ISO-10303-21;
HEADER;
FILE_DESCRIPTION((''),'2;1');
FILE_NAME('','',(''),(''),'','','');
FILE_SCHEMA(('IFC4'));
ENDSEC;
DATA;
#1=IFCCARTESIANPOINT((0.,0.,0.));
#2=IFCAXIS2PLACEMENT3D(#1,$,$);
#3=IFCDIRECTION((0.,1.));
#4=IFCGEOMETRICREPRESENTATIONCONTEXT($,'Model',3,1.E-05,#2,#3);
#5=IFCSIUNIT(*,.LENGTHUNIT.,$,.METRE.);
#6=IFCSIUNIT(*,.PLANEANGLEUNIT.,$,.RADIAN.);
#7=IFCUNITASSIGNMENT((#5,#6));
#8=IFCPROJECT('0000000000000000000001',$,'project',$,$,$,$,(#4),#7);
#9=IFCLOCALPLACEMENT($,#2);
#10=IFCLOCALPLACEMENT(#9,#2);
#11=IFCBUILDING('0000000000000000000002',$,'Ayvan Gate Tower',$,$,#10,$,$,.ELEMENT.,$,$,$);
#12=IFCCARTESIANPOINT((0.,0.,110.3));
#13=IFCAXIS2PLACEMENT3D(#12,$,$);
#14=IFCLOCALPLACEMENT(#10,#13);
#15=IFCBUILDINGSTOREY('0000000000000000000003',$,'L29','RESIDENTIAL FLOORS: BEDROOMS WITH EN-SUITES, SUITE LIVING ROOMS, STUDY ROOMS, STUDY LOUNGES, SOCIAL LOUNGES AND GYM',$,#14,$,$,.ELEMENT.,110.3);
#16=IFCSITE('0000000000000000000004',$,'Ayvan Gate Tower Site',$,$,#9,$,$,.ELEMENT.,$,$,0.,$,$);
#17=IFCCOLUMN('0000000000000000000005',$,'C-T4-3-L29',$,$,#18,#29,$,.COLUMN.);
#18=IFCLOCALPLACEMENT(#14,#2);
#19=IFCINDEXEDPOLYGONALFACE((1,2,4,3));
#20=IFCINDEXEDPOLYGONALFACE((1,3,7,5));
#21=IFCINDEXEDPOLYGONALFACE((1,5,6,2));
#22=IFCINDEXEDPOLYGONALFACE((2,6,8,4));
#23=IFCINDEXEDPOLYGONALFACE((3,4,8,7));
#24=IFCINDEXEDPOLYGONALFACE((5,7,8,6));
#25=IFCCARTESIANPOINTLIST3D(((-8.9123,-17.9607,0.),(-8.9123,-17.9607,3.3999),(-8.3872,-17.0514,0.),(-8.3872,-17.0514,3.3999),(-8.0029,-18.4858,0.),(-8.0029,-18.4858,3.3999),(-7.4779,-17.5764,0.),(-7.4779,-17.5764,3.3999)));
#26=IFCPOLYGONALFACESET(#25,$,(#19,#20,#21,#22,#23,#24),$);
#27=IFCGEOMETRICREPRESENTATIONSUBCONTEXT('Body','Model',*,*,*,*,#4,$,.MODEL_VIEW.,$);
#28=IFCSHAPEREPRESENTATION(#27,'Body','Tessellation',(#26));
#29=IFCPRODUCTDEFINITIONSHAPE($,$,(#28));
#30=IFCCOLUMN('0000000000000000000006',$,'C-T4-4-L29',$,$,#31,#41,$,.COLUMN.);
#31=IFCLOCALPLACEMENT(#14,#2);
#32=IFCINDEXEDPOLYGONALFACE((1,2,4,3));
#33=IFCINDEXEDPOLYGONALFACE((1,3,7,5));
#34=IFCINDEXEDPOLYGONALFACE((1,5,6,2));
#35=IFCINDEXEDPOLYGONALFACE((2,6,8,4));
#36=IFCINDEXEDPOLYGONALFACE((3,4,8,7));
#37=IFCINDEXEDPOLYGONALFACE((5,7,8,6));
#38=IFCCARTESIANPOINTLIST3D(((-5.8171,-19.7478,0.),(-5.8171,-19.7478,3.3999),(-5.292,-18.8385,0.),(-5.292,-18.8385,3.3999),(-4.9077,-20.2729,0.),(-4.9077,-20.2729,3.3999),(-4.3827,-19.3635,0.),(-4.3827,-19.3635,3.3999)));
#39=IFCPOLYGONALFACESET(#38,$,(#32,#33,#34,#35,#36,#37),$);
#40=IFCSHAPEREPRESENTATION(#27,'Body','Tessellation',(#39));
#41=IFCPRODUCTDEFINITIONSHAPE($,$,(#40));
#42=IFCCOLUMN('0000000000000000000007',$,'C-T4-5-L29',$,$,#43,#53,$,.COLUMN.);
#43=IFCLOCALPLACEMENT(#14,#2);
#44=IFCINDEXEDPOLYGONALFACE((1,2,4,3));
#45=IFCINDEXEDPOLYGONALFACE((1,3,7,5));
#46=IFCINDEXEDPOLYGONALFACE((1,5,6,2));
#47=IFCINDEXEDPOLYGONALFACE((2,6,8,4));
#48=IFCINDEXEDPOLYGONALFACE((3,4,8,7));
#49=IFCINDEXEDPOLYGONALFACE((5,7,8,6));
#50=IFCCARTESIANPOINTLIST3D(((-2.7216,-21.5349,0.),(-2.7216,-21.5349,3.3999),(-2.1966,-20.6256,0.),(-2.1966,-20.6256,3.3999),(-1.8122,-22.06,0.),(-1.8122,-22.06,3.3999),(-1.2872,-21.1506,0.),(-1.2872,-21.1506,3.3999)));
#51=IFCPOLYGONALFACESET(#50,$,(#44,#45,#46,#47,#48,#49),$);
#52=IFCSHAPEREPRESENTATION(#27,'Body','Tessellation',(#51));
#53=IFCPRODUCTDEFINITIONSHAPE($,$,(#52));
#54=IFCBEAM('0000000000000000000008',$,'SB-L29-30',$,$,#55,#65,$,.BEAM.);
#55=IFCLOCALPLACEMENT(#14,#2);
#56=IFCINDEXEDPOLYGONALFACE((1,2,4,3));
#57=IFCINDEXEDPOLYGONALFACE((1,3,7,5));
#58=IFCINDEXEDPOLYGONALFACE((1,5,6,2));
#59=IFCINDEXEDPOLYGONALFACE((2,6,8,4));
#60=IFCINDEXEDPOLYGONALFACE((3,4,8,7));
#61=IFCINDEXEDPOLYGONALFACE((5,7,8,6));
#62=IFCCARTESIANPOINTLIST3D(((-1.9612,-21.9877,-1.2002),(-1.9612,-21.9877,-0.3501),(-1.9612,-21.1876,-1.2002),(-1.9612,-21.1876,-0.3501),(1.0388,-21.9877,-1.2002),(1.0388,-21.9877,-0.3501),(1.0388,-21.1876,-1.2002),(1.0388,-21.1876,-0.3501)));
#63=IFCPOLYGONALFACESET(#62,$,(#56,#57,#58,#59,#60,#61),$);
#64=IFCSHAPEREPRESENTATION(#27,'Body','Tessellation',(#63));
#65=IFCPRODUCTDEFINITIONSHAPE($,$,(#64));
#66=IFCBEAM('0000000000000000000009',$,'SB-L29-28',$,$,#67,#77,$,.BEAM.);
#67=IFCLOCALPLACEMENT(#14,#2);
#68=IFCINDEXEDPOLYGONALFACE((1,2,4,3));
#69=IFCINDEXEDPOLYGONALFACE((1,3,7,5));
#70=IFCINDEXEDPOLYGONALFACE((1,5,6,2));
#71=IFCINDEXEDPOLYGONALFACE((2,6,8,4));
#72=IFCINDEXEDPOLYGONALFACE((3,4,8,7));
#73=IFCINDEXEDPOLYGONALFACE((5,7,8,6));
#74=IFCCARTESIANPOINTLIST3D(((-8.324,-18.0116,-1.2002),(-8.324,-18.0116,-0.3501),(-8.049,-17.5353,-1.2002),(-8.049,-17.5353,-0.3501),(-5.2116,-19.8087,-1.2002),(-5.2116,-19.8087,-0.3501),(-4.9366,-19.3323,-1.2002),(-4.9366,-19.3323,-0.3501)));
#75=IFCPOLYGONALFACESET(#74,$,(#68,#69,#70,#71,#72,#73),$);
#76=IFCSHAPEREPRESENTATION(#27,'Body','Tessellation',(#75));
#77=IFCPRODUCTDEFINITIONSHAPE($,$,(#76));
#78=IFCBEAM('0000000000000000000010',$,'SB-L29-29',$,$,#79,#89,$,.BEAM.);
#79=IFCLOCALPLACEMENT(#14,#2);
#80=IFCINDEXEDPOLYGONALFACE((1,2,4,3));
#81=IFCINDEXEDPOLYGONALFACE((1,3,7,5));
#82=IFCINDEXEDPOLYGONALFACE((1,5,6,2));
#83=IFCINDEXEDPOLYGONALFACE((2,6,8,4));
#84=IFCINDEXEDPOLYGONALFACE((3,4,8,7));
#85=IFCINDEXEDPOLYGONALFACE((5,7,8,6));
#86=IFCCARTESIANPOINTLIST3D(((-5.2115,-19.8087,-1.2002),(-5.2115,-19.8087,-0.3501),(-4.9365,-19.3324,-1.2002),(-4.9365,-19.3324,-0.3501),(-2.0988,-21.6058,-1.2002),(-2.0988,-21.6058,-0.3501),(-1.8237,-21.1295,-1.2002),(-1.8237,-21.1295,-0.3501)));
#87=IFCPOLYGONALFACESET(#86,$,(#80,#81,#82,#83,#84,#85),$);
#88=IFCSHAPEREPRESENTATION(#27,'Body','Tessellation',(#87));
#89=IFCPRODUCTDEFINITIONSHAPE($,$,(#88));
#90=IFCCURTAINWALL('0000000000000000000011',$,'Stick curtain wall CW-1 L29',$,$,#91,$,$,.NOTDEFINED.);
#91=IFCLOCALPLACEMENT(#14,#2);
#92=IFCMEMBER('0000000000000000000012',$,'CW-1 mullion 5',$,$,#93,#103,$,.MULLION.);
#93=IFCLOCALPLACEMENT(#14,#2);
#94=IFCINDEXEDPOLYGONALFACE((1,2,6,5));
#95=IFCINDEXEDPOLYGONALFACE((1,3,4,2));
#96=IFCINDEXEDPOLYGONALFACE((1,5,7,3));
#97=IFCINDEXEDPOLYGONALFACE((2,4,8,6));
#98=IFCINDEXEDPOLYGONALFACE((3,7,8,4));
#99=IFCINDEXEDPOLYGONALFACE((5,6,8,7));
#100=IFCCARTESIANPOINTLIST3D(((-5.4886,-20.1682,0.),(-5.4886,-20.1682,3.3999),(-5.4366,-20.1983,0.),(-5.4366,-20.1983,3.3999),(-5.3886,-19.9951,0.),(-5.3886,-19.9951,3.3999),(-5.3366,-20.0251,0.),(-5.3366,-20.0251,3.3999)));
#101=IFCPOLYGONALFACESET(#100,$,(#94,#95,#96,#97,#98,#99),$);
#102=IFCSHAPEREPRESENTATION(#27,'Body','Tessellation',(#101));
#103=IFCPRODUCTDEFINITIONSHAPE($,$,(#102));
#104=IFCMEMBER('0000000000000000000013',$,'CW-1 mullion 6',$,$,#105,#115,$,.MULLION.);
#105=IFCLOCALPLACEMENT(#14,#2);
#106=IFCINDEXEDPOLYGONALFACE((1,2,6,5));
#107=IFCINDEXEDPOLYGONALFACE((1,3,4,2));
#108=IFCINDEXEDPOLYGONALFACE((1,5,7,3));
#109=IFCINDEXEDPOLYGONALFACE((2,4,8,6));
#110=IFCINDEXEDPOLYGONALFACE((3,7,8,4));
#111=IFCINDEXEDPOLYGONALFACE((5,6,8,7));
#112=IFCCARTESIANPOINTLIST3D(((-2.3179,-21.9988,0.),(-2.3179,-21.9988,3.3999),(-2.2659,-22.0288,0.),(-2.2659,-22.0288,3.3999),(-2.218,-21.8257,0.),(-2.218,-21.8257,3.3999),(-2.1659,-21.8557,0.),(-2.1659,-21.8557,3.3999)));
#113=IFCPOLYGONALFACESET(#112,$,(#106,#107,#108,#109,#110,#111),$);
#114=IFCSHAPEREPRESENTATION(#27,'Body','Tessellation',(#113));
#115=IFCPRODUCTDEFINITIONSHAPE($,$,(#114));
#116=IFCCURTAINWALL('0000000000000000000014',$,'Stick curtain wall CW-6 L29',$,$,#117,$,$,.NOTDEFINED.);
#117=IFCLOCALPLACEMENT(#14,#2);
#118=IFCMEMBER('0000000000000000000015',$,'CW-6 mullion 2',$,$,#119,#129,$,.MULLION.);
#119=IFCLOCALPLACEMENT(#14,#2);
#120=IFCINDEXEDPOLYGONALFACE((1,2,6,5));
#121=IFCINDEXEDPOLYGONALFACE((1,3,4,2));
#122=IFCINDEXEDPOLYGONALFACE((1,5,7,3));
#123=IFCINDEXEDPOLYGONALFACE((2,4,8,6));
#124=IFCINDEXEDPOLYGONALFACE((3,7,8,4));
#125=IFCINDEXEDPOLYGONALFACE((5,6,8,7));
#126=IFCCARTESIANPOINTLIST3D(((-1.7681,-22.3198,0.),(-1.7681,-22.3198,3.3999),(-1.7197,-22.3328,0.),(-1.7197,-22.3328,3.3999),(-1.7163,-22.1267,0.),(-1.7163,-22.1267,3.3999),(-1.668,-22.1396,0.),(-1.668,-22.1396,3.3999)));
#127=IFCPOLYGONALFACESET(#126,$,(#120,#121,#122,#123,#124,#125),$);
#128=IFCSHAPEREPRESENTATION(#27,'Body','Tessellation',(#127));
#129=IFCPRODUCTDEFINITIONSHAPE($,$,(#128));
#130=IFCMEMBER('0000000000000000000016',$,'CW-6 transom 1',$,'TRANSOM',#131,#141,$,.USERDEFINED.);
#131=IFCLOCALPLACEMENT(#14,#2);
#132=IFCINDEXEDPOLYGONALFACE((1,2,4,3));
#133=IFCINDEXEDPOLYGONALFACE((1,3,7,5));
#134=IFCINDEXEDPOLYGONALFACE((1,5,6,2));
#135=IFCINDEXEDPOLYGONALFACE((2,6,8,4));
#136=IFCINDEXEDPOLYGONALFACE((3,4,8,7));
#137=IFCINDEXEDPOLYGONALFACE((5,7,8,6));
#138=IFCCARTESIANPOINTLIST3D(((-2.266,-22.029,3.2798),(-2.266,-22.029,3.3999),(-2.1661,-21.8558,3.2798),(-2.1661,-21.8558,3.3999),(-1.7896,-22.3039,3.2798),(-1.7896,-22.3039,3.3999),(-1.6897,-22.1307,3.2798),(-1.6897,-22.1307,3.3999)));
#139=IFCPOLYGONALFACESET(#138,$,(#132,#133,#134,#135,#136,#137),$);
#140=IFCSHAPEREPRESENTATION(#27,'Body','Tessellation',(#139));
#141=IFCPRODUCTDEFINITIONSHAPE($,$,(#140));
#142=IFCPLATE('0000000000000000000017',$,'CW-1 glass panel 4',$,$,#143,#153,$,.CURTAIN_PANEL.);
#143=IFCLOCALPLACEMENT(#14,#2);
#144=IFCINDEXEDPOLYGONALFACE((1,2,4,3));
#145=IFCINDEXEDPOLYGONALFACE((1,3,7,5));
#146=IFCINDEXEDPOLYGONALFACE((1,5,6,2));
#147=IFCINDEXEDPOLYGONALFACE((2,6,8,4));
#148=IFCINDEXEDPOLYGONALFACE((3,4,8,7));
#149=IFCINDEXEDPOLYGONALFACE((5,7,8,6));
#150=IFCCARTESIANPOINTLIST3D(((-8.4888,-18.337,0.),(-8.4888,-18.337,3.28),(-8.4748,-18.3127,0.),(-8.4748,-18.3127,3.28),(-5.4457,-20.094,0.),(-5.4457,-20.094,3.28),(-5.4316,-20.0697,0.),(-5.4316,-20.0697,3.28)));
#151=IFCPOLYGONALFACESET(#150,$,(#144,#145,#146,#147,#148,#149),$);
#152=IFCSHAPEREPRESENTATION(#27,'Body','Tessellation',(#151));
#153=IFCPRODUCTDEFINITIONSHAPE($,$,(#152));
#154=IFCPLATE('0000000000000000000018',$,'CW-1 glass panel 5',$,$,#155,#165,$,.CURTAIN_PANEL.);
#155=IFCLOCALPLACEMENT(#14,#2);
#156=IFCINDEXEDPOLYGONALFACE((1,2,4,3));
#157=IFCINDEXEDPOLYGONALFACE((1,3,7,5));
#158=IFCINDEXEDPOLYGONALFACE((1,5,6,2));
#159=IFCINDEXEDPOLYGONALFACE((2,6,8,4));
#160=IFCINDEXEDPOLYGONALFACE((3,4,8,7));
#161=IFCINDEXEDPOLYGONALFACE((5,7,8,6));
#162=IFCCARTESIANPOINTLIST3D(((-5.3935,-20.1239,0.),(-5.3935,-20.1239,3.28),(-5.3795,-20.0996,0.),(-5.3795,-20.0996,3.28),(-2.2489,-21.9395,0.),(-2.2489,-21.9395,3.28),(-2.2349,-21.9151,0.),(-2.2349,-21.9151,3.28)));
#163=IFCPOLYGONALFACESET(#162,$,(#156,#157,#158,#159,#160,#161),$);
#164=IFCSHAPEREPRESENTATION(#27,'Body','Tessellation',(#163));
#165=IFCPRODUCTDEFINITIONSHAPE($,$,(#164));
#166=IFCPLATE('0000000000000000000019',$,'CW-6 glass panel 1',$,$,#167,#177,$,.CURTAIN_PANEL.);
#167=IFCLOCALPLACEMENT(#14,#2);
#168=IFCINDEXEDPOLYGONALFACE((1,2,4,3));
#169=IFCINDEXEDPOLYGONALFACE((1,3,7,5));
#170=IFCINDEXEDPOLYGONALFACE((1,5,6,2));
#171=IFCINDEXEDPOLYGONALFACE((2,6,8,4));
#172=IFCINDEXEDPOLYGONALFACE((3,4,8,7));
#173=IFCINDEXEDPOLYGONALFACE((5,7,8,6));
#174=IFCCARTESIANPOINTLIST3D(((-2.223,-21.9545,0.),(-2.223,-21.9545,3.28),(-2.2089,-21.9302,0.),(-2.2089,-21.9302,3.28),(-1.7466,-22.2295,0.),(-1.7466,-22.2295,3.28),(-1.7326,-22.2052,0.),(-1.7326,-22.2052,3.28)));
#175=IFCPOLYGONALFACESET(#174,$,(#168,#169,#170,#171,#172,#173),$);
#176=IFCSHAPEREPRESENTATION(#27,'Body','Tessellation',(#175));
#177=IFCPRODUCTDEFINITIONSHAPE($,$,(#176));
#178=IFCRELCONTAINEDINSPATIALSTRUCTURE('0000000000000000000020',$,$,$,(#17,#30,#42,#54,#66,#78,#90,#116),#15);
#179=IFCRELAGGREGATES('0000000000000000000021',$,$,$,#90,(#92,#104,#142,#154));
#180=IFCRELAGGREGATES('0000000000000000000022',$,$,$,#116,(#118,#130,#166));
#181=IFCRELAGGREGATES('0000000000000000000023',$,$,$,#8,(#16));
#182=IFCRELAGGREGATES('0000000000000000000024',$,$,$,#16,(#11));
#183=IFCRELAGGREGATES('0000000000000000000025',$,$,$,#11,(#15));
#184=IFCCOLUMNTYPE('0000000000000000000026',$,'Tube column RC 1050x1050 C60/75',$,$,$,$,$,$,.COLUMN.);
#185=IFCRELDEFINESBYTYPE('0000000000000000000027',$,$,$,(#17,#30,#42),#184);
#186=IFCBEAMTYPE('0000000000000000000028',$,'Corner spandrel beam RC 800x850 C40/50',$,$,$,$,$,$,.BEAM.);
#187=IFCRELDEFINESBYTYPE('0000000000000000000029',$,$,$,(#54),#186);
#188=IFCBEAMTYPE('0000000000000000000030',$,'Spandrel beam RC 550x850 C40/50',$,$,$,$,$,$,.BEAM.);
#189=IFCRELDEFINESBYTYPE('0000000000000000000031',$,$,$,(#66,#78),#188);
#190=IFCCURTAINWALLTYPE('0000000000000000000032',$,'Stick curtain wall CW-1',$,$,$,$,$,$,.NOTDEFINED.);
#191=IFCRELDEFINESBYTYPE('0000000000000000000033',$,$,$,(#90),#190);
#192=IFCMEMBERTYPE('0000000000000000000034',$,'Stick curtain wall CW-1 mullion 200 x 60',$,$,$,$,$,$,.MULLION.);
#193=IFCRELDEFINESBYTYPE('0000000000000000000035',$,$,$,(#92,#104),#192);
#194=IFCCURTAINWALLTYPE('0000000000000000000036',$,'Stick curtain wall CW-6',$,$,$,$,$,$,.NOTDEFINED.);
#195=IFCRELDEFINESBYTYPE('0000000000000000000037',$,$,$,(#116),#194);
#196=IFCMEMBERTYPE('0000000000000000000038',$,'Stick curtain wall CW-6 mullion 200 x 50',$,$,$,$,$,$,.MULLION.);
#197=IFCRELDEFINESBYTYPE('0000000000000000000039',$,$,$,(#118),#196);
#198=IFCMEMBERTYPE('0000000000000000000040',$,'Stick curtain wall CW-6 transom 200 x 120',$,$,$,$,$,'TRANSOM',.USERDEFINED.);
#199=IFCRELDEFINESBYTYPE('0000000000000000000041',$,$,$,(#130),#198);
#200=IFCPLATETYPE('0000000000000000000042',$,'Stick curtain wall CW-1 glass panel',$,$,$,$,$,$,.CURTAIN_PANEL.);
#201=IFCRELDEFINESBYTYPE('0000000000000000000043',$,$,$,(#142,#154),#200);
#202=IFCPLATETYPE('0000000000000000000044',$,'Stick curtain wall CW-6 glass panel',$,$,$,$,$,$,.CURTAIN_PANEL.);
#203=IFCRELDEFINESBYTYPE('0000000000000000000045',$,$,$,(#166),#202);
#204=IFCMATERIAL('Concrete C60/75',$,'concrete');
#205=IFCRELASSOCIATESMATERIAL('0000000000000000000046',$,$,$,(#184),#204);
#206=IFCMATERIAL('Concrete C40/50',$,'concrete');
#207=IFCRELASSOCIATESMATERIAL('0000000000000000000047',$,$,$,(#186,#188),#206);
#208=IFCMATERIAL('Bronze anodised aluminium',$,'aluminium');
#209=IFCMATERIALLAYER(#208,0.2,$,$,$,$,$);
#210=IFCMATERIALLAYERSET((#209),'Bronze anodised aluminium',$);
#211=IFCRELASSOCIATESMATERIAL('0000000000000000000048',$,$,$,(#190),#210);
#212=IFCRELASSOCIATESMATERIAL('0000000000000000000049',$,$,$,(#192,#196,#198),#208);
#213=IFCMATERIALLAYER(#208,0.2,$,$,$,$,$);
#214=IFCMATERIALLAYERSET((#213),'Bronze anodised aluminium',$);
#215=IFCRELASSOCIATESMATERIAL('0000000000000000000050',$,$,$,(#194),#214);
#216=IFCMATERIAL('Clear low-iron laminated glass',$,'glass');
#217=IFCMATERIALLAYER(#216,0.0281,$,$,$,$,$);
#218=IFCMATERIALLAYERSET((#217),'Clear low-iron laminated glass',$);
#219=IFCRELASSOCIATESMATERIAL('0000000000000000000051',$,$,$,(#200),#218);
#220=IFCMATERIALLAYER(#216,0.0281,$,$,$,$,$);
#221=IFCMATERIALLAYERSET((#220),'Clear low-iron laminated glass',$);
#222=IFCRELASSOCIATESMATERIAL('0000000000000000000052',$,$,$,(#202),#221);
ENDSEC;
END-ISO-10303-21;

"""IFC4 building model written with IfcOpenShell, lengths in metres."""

from ifc_helpers import new_model, si_unit, direction, frame, origin, origin_2d, place, context, subcontext, project, spatial, rectangle, extrude, material, layer, layer_set, material_profile, profile_set, type_object, element, aggregate, save


model = new_model("IFC4")

# Units and contexts
model_context = context("Model", 3, precision=1e-05, world=origin(), true_north=direction((0.0, 1.0)))
body_context = subcontext(model_context, "Body", "Model", "MODEL_VIEW")
ifc_project = project(units=[si_unit("LENGTHUNIT", "METRE"), si_unit("PLANEANGLEUNIT", "RADIAN")], contexts=[model_context])

# Site, building, storey
site_placement = place(None, origin())
site = spatial("IfcSite", under=ifc_project, at=site_placement, Name="Ayvan Gate Tower Site", CompositionType="ELEMENT", RefElevation=0.0)
building_placement = place(site_placement, origin())
building = spatial("IfcBuilding", under=site, at=building_placement, Name="Ayvan Gate Tower", CompositionType="ELEMENT")
storey_placement = place(building_placement, frame((0.0, 0.0, 110.3)))
storey = spatial("IfcBuildingStorey", under=building, at=storey_placement, Name="L29", Description="RESIDENTIAL FLOORS: BEDROOMS WITH EN-SUITES, SUITE LIVING ROOMS, STUDY ROOMS, STUDY LOUNGES, SOCIAL LOUNGES AND GYM", CompositionType="ELEMENT", Elevation=110.3)

# Columns
ifc_material_1 = material(Name="Concrete C60/75", Category="concrete")
ifc_material_profile_1 = material_profile(ifc_material_1, rectangle(XDim=1.05, YDim=1.05, at=origin_2d()), Name="RC 1050x1050")
ifc_profile_set_1 = profile_set([ifc_material_profile_1], Name="Concrete C60/75")
column_type = type_object("IfcColumnType", Name="Tube column RC 1050x1050 C60/75", PredefinedType="COLUMN", material=ifc_profile_set_1)
for number, where, z_axis, x_axis, name in (
    (1, (-8.1951, -17.7686, 0.0), (0.0, 0.0, 1.0), (-0.5, -0.866025, 0.0), "C-T4-3-L29"),
    (2, (-5.0999, -19.5557, 0.0), (0.0, 0.0, 1.0), (-0.5, -0.866025, 0.0), "C-T4-4-L29"),
    (3, (-2.0044, -21.3428, 0.0), (0.0, 0.0, 1.0), (-0.5, -0.866025, 0.0), "C-T4-5-L29"),
):
    element("IfcColumn", number, at=place(storey_placement, frame(where, z_axis=z_axis, x_axis=x_axis)), inside=storey, type_object=column_type, Name=name, PredefinedType="COLUMN", context=body_context, shape_type="SweptSolid", body=[
        extrude(rectangle(XDim=1.05, YDim=1.05, at=origin_2d()), origin(), (0.0, 0.0, 1.0), 3.3999),
    ])

# Beams
ifc_material_2 = material(Name="Concrete C40/50", Category="concrete")
ifc_material_profile_2 = material_profile(ifc_material_2, rectangle(XDim=0.8, YDim=0.8501, at=origin_2d()), Name="RC 800x850")
ifc_profile_set_2 = profile_set([ifc_material_profile_2], Name="Concrete C40/50")
beam_type_1 = type_object("IfcBeamType", Name="Corner spandrel beam RC 800x850 C40/50", PredefinedType="BEAM", material=ifc_profile_set_2)
beam_1_placement = place(storey_placement, frame((-1.9612, -21.5876, -0.7751), z_axis=(1.0, 0.0, 0.0), x_axis=(0.0, 1.0, 0.0)))
element("IfcBeam", 4, at=beam_1_placement, inside=storey, type_object=beam_type_1, Name="SB-L29-30", PredefinedType="BEAM", context=body_context, shape_type="SweptSolid", body=[
    extrude(rectangle(XDim=0.8, YDim=0.8501, at=origin_2d()), origin(), (0.0, 0.0, 1.0), 3.0),
])
ifc_material_profile_3 = material_profile(ifc_material_2, rectangle(XDim=0.55, YDim=0.8501, at=origin_2d()), Name="RC 550x850")
ifc_profile_set_3 = profile_set([ifc_material_profile_3], Name="Concrete C40/50")
beam_type_2 = type_object("IfcBeamType", Name="Spandrel beam RC 550x850 C40/50", PredefinedType="BEAM", material=ifc_profile_set_3)
beam_2_placement = place(storey_placement, frame((-8.1865, -17.7734, -0.7751), z_axis=(0.866015, -0.500018, 0.0), x_axis=(0.500018, 0.866015, 0.0)))
element("IfcBeam", 5, at=beam_2_placement, inside=storey, type_object=beam_type_2, Name="SB-L29-28", PredefinedType="BEAM", context=body_context, shape_type="SweptSolid", body=[
    extrude(rectangle(XDim=0.55, YDim=0.8501, at=origin_2d()), origin(), (0.0, 0.0, 1.0), 3.594),
])
beam_3_placement = place(storey_placement, frame((-5.074, -19.5706, -0.7751), z_axis=(0.866032, -0.499989, 0.0), x_axis=(0.499989, 0.866032, 0.0)))
element("IfcBeam", 6, at=beam_3_placement, inside=storey, type_object=beam_type_2, Name="SB-L29-29", PredefinedType="BEAM", context=body_context, shape_type="SweptSolid", body=[
    extrude(rectangle(XDim=0.55, YDim=0.8501, at=origin_2d()), origin(), (0.0, 0.0, 1.0), 3.5942),
])

# Curtain walls, members
ifc_material_3 = material(Name="Bronze anodised aluminium", Category="aluminium")
ifc_layer_1 = layer(ifc_material_3, 0.2)
ifc_layer_set_1 = layer_set([ifc_layer_1], Name="Bronze anodised aluminium")
curtain_wall_type_1 = type_object("IfcCurtainWallType", Name="Stick curtain wall CW-1", PredefinedType="NOTDEFINED", material=ifc_layer_set_1)
curtain_wall_1_placement = place(storey_placement, origin())
curtain_wall_1 = element("IfcCurtainWall", 7, at=curtain_wall_1_placement, inside=storey, type_object=curtain_wall_type_1, Name="Stick curtain wall CW-1 L29", PredefinedType="NOTDEFINED")
ifc_material_profile_4 = material_profile(ifc_material_3, rectangle(XDim=0.2, YDim=0.0601, at=origin_2d()), Name="Stick curtain wall CW-1 mullion 200 x 60")
ifc_profile_set_4 = profile_set([ifc_material_profile_4], Name="Bronze anodised aluminium")
member_type_1 = type_object("IfcMemberType", Name="Stick curtain wall CW-1 mullion 200 x 60", PredefinedType="MULLION", material=ifc_profile_set_4)
member_1_placement = place(storey_placement, frame((-5.4126, -20.0967, 0.0), z_axis=(0.0, 0.0, 1.0), x_axis=(-0.5, -0.866025, 0.0)))
member_1 = element("IfcMember", 8, at=member_1_placement, type_object=member_type_1, Name="CW-1 mullion 5", PredefinedType="MULLION", context=body_context, shape_type="SweptSolid", body=[
    extrude(rectangle(XDim=0.2, YDim=0.0601, at=origin_2d()), origin(), (0.0, 0.0, 1.0), 3.3999),
])
member_2_placement = place(storey_placement, frame((-2.2419, -21.9272, 0.0), z_axis=(0.0, 0.0, 1.0), x_axis=(-0.5, -0.866025, 0.0)))
member_2 = element("IfcMember", 9, at=member_2_placement, type_object=member_type_1, Name="CW-1 mullion 6", PredefinedType="MULLION", context=body_context, shape_type="SweptSolid", body=[
    extrude(rectangle(XDim=0.2, YDim=0.0601, at=origin_2d()), origin(), (0.0, 0.0, 1.0), 3.3999),
])
ifc_layer_2 = layer(ifc_material_3, 0.2)
ifc_layer_set_2 = layer_set([ifc_layer_2], Name="Bronze anodised aluminium")
curtain_wall_type_2 = type_object("IfcCurtainWallType", Name="Stick curtain wall CW-6", PredefinedType="NOTDEFINED", material=ifc_layer_set_2)
curtain_wall_2_placement = place(storey_placement, origin())
curtain_wall_2 = element("IfcCurtainWall", 10, at=curtain_wall_2_placement, inside=storey, type_object=curtain_wall_type_2, Name="Stick curtain wall CW-6 L29", PredefinedType="NOTDEFINED")
ifc_material_profile_5 = material_profile(ifc_material_3, rectangle(XDim=0.2, YDim=0.05, at=origin_2d()), Name="Stick curtain wall CW-6 mullion 200 x 50")
ifc_profile_set_5 = profile_set([ifc_material_profile_5], Name="Bronze anodised aluminium")
member_type_2 = type_object("IfcMemberType", Name="Stick curtain wall CW-6 mullion 200 x 50", PredefinedType="MULLION", material=ifc_profile_set_5)
member_3_placement = place(storey_placement, frame((-1.718, -22.2297, 0.0), z_axis=(0.0, 0.0, 1.0), x_axis=(-0.258819, -0.965926, 0.0)))
member_3 = element("IfcMember", 11, at=member_3_placement, type_object=member_type_2, Name="CW-6 mullion 2", PredefinedType="MULLION", context=body_context, shape_type="SweptSolid", body=[
    extrude(rectangle(XDim=0.2, YDim=0.05, at=origin_2d()), origin(), (0.0, 0.0, 1.0), 3.3999),
])
ifc_material_profile_6 = material_profile(ifc_material_3, rectangle(XDim=0.2, YDim=0.1201, at=origin_2d()), Name="Stick curtain wall CW-6 transom 200 x 120")
ifc_profile_set_6 = profile_set([ifc_material_profile_6], Name="Bronze anodised aluminium")
member_type_3 = type_object("IfcMemberType", Name="Stick curtain wall CW-6 transom 200 x 120", ElementType="TRANSOM", PredefinedType="USERDEFINED", material=ifc_profile_set_6)
member_4_placement = place(storey_placement, frame((-2.2161, -21.9424, 3.3398), z_axis=(0.866104, -0.499863, 0.0), x_axis=(0.499863, 0.866104, 0.0)))
member_4 = element("IfcMember", 12, at=member_4_placement, type_object=member_type_3, Name="CW-6 transom 1", ObjectType="TRANSOM", PredefinedType="USERDEFINED", context=body_context, shape_type="SweptSolid", body=[
    extrude(rectangle(XDim=0.2, YDim=0.1201, at=origin_2d()), origin(), (0.0, 0.0, 1.0), 0.55),
])

# Plates
ifc_material_4 = material(Name="Clear low-iron laminated glass", Category="glass")
ifc_layer_3 = layer(ifc_material_4, 0.0281)
ifc_layer_set_3 = layer_set([ifc_layer_3], Name="Clear low-iron laminated glass")
plate_type_1 = type_object("IfcPlateType", Name="Stick curtain wall CW-1 glass panel", PredefinedType="CURTAIN_PANEL", material=ifc_layer_set_3)
plate_1_placement = place(storey_placement, frame((-6.9602, -19.2034, 0.0), z_axis=(0.0, 0.0, 1.0), x_axis=(0.866025, -0.5, 0.0)))
plate_1 = element("IfcPlate", 13, at=plate_1_placement, type_object=plate_type_1, Name="CW-1 glass panel 4", PredefinedType="CURTAIN_PANEL", context=body_context, shape_type="SweptSolid", body=[
    extrude(rectangle(XDim=3.5139, YDim=0.0281, at=origin_2d()), origin(), (0.0, 0.0, 1.0), 3.28),
])
plate_2_placement = place(storey_placement, frame((-3.8142, -21.0195, 0.0), z_axis=(0.0, 0.0, 1.0), x_axis=(0.866025, -0.5, 0.0)))
plate_2 = element("IfcPlate", 14, at=plate_2_placement, type_object=plate_type_1, Name="CW-1 glass panel 5", PredefinedType="CURTAIN_PANEL", context=body_context, shape_type="SweptSolid", body=[
    extrude(rectangle(XDim=3.6311, YDim=0.0281, at=origin_2d()), origin(), (0.0, 0.0, 1.0), 3.28),
])
aggregate(curtain_wall_1, [member_1, member_2, plate_1, plate_2])
ifc_layer_4 = layer(ifc_material_4, 0.0281)
ifc_layer_set_4 = layer_set([ifc_layer_4], Name="Clear low-iron laminated glass")
plate_type_2 = type_object("IfcPlateType", Name="Stick curtain wall CW-6 glass panel", PredefinedType="CURTAIN_PANEL", material=ifc_layer_set_4)
plate_3_placement = place(storey_placement, frame((-1.9778, -22.0798, 0.0), z_axis=(0.0, 0.0, 1.0), x_axis=(0.866025, -0.5, 0.0)))
plate_3 = element("IfcPlate", 15, at=plate_3_placement, type_object=plate_type_2, Name="CW-6 glass panel 1", PredefinedType="CURTAIN_PANEL", context=body_context, shape_type="SweptSolid", body=[
    extrude(rectangle(XDim=0.55, YDim=0.0281, at=origin_2d()), origin(), (0.0, 0.0, 1.0), 3.28),
])
aggregate(curtain_wall_2, [member_3, member_4, plate_3])

save(model, "model.ifc")
